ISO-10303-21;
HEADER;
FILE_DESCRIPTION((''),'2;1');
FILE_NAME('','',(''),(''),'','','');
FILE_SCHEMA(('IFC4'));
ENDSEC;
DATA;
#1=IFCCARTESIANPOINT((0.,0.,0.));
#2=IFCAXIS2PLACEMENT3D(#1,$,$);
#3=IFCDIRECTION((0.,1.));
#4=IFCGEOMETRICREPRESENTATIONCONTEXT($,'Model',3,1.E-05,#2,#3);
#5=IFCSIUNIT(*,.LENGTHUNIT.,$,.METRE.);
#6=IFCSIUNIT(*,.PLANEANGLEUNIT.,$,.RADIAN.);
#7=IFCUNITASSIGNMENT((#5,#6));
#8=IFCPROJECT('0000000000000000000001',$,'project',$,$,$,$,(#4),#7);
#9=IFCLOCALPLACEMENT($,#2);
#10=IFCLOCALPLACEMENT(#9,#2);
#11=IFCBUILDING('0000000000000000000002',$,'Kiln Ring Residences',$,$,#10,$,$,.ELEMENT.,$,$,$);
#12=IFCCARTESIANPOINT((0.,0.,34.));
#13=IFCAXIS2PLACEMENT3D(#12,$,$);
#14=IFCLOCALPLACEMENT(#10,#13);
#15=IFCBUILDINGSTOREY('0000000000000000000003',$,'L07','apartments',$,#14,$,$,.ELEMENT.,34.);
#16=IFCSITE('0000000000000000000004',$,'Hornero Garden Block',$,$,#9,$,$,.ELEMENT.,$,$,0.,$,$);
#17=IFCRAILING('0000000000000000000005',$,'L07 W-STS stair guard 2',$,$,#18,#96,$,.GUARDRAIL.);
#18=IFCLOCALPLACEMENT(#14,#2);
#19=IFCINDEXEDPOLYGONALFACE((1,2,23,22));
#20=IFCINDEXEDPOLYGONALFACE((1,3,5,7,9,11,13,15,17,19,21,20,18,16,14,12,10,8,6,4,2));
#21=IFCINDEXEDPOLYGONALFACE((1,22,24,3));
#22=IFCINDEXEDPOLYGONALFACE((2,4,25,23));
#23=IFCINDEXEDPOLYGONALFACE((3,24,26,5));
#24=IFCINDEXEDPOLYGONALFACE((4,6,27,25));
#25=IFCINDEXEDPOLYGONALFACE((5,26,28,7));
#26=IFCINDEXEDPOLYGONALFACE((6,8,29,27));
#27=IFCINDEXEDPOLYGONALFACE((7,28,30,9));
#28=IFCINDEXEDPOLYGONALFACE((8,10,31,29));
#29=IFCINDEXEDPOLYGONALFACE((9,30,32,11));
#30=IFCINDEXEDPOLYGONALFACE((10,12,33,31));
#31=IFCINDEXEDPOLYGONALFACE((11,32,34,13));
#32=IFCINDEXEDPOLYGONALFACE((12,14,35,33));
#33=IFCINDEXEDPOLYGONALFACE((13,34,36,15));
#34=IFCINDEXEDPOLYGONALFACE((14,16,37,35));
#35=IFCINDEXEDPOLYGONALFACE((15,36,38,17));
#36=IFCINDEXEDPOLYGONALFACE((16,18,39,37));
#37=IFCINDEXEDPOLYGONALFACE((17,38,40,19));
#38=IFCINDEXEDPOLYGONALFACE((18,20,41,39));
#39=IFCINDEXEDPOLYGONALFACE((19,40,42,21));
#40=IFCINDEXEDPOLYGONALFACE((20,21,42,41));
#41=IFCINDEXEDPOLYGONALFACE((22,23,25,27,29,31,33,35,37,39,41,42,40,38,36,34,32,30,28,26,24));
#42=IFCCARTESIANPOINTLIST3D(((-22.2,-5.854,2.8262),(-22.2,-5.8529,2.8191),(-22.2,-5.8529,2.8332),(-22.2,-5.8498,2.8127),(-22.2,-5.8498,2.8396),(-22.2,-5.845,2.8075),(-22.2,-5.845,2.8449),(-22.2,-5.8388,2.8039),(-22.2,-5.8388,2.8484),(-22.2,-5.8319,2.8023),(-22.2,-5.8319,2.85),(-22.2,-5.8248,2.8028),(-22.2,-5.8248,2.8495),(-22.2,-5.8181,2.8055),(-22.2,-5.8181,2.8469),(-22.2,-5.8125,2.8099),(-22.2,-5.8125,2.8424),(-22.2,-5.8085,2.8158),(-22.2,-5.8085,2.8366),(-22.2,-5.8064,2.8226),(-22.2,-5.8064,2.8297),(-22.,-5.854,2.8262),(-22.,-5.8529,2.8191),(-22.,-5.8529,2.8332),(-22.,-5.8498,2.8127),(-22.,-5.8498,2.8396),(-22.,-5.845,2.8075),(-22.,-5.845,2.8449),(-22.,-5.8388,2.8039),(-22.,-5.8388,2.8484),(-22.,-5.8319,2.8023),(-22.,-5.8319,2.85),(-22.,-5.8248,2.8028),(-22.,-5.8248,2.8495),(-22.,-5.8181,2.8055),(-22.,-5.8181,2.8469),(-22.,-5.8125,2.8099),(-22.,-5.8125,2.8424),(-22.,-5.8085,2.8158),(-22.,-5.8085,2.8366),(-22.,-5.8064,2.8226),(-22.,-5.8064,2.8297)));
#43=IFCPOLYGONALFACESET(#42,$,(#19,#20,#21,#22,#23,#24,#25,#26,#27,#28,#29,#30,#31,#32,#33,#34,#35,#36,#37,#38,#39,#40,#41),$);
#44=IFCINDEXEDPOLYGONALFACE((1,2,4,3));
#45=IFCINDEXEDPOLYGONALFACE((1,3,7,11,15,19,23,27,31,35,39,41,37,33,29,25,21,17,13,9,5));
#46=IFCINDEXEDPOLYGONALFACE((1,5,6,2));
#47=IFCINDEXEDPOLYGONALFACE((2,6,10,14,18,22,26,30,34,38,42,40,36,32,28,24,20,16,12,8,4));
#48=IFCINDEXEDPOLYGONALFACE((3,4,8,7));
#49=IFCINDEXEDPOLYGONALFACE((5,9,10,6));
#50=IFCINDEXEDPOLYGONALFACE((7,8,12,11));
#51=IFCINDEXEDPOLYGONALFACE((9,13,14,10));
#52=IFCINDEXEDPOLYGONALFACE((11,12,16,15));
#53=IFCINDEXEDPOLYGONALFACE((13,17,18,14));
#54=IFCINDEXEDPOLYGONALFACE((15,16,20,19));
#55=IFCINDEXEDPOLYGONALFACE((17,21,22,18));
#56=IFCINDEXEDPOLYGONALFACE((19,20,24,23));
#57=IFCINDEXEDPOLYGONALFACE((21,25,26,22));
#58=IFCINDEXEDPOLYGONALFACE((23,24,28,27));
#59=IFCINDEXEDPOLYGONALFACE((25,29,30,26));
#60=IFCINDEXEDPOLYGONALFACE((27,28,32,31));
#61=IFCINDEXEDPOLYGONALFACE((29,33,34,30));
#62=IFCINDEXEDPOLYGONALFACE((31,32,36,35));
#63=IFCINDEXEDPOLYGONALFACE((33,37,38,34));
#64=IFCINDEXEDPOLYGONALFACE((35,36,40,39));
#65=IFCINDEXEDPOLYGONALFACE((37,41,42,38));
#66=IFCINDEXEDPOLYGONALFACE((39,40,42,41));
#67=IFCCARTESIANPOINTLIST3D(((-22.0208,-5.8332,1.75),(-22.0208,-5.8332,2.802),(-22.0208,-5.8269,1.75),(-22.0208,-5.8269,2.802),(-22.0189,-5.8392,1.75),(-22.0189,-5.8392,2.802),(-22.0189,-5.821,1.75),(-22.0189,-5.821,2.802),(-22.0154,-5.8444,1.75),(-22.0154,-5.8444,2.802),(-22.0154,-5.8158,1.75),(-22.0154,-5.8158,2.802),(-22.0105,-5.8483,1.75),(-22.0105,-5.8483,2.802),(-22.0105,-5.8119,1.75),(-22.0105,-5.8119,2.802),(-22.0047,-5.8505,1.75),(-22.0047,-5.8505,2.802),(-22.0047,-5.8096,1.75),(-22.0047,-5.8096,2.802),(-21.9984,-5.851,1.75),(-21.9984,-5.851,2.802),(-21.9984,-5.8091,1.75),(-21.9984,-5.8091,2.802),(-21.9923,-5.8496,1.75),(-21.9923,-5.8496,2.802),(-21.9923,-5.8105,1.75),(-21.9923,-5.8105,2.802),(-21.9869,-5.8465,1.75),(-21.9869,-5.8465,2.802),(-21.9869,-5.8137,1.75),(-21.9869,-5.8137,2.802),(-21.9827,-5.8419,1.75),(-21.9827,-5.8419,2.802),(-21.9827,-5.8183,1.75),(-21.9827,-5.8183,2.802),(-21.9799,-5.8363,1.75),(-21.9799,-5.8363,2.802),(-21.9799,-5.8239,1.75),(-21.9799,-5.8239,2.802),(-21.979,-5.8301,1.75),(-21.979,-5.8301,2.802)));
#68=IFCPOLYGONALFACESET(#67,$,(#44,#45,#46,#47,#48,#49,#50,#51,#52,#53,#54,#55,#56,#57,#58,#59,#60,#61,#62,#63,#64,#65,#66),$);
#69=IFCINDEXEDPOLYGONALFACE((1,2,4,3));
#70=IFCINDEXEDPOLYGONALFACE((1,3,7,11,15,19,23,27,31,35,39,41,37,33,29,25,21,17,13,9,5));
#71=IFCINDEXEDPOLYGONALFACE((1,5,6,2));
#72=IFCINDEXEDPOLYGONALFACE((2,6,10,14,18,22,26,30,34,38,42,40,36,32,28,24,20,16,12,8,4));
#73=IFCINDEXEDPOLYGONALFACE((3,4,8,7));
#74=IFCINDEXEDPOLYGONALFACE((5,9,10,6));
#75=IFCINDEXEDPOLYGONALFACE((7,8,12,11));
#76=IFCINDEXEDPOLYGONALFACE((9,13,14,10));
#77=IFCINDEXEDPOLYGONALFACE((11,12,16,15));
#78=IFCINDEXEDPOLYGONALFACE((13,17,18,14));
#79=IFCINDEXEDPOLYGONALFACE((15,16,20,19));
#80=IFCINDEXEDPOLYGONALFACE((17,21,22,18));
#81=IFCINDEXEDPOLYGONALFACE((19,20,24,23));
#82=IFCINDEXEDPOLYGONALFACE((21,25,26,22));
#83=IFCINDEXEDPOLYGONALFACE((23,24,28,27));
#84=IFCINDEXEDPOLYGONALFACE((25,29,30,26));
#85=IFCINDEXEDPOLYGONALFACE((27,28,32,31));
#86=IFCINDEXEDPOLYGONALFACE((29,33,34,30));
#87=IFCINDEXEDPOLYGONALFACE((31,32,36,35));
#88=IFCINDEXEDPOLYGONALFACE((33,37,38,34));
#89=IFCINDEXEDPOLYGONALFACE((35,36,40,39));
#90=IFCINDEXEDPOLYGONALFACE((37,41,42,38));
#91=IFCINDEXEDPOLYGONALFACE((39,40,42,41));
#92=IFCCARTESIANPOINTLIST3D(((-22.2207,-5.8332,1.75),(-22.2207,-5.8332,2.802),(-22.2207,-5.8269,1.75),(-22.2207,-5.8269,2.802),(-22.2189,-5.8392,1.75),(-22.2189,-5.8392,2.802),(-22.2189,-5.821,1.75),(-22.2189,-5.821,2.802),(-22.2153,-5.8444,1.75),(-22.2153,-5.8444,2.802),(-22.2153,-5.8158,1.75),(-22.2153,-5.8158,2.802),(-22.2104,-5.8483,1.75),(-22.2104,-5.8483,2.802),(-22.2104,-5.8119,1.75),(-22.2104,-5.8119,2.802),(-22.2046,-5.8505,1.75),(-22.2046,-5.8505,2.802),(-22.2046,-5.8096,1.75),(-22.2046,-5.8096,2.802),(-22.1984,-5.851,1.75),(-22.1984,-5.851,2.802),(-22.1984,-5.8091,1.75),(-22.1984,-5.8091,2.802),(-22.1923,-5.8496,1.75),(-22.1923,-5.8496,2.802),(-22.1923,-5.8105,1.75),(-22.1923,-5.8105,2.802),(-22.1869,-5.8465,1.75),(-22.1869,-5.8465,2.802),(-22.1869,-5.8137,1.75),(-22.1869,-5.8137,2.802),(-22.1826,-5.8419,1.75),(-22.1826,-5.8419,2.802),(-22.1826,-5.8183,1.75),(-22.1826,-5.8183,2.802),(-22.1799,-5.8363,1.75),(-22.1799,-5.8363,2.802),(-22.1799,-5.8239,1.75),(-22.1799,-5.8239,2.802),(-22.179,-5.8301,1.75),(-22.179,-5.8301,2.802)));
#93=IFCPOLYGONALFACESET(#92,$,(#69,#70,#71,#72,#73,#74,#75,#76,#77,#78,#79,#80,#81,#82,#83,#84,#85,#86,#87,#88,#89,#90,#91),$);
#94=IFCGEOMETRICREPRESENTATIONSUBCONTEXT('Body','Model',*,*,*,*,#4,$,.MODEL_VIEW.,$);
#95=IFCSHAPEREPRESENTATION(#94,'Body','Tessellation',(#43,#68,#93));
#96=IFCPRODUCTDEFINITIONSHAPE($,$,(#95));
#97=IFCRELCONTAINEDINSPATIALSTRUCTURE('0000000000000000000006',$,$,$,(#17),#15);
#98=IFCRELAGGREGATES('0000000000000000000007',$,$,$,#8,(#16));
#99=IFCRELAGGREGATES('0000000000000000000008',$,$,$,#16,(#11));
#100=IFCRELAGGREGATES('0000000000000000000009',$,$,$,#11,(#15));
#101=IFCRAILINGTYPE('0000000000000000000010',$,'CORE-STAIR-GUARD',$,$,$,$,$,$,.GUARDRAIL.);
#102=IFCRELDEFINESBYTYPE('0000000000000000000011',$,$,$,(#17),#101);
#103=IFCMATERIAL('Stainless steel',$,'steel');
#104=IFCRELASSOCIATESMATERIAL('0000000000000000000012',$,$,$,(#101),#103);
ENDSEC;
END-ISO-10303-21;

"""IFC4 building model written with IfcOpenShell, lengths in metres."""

from ifc_helpers import new_model, si_unit, direction, frame, origin, origin_2d, place, context, subcontext, project, spatial, circle, extrude, material, type_object, element, save


model = new_model("IFC4")

# Units and contexts
model_context = context("Model", 3, precision=1e-05, world=origin(), true_north=direction((0.0, 1.0)))
body_context = subcontext(model_context, "Body", "Model", "MODEL_VIEW")
ifc_project = project(units=[si_unit("LENGTHUNIT", "METRE"), si_unit("PLANEANGLEUNIT", "RADIAN")], contexts=[model_context])

# Site, building, storey
site_placement = place(None, origin())
site = spatial("IfcSite", under=ifc_project, at=site_placement, Name="Hornero Garden Block", CompositionType="ELEMENT", RefElevation=0.0)
building_placement = place(site_placement, origin())
building = spatial("IfcBuilding", under=site, at=building_placement, Name="Kiln Ring Residences", CompositionType="ELEMENT")
storey_placement = place(building_placement, frame((0.0, 0.0, 34.0)))
storey = spatial("IfcBuildingStorey", under=building, at=storey_placement, Name="L07", Description="apartments", CompositionType="ELEMENT", Elevation=34.0)

# Railing
ifc_material_1 = material(Name="Stainless steel", Category="steel")
railing_type_1 = type_object("IfcRailingType", Name="CORE-STAIR-GUARD", PredefinedType="GUARDRAIL", material=ifc_material_1)
railing_1_placement = place(storey_placement, frame((-22.0, -5.8301, 1.75)))
element("IfcRailing", 1, at=railing_1_placement, inside=storey, type_object=railing_type_1, Name="L07 W-STS stair guard 2", PredefinedType="GUARDRAIL", context=body_context, shape_type="SweptSolid", body=[
    extrude(circle(Radius=0.0239, at=origin_2d()), frame((0.0, 0.0, 1.0762), z_axis=(-1.0, 0.0, 0.0), x_axis=(0.0, -1.0, 0.0)), (0.0, 0.0, 1.0), 0.2),
    extrude(circle(Radius=0.021, at=origin_2d()), origin(), (0.0, 0.0, 1.0), 1.052),
    extrude(circle(Radius=0.021, at=origin_2d()), frame((-0.2, 0.0, 0.0)), (0.0, 0.0, 1.0), 1.052),
])

save(model, "model.ifc")
